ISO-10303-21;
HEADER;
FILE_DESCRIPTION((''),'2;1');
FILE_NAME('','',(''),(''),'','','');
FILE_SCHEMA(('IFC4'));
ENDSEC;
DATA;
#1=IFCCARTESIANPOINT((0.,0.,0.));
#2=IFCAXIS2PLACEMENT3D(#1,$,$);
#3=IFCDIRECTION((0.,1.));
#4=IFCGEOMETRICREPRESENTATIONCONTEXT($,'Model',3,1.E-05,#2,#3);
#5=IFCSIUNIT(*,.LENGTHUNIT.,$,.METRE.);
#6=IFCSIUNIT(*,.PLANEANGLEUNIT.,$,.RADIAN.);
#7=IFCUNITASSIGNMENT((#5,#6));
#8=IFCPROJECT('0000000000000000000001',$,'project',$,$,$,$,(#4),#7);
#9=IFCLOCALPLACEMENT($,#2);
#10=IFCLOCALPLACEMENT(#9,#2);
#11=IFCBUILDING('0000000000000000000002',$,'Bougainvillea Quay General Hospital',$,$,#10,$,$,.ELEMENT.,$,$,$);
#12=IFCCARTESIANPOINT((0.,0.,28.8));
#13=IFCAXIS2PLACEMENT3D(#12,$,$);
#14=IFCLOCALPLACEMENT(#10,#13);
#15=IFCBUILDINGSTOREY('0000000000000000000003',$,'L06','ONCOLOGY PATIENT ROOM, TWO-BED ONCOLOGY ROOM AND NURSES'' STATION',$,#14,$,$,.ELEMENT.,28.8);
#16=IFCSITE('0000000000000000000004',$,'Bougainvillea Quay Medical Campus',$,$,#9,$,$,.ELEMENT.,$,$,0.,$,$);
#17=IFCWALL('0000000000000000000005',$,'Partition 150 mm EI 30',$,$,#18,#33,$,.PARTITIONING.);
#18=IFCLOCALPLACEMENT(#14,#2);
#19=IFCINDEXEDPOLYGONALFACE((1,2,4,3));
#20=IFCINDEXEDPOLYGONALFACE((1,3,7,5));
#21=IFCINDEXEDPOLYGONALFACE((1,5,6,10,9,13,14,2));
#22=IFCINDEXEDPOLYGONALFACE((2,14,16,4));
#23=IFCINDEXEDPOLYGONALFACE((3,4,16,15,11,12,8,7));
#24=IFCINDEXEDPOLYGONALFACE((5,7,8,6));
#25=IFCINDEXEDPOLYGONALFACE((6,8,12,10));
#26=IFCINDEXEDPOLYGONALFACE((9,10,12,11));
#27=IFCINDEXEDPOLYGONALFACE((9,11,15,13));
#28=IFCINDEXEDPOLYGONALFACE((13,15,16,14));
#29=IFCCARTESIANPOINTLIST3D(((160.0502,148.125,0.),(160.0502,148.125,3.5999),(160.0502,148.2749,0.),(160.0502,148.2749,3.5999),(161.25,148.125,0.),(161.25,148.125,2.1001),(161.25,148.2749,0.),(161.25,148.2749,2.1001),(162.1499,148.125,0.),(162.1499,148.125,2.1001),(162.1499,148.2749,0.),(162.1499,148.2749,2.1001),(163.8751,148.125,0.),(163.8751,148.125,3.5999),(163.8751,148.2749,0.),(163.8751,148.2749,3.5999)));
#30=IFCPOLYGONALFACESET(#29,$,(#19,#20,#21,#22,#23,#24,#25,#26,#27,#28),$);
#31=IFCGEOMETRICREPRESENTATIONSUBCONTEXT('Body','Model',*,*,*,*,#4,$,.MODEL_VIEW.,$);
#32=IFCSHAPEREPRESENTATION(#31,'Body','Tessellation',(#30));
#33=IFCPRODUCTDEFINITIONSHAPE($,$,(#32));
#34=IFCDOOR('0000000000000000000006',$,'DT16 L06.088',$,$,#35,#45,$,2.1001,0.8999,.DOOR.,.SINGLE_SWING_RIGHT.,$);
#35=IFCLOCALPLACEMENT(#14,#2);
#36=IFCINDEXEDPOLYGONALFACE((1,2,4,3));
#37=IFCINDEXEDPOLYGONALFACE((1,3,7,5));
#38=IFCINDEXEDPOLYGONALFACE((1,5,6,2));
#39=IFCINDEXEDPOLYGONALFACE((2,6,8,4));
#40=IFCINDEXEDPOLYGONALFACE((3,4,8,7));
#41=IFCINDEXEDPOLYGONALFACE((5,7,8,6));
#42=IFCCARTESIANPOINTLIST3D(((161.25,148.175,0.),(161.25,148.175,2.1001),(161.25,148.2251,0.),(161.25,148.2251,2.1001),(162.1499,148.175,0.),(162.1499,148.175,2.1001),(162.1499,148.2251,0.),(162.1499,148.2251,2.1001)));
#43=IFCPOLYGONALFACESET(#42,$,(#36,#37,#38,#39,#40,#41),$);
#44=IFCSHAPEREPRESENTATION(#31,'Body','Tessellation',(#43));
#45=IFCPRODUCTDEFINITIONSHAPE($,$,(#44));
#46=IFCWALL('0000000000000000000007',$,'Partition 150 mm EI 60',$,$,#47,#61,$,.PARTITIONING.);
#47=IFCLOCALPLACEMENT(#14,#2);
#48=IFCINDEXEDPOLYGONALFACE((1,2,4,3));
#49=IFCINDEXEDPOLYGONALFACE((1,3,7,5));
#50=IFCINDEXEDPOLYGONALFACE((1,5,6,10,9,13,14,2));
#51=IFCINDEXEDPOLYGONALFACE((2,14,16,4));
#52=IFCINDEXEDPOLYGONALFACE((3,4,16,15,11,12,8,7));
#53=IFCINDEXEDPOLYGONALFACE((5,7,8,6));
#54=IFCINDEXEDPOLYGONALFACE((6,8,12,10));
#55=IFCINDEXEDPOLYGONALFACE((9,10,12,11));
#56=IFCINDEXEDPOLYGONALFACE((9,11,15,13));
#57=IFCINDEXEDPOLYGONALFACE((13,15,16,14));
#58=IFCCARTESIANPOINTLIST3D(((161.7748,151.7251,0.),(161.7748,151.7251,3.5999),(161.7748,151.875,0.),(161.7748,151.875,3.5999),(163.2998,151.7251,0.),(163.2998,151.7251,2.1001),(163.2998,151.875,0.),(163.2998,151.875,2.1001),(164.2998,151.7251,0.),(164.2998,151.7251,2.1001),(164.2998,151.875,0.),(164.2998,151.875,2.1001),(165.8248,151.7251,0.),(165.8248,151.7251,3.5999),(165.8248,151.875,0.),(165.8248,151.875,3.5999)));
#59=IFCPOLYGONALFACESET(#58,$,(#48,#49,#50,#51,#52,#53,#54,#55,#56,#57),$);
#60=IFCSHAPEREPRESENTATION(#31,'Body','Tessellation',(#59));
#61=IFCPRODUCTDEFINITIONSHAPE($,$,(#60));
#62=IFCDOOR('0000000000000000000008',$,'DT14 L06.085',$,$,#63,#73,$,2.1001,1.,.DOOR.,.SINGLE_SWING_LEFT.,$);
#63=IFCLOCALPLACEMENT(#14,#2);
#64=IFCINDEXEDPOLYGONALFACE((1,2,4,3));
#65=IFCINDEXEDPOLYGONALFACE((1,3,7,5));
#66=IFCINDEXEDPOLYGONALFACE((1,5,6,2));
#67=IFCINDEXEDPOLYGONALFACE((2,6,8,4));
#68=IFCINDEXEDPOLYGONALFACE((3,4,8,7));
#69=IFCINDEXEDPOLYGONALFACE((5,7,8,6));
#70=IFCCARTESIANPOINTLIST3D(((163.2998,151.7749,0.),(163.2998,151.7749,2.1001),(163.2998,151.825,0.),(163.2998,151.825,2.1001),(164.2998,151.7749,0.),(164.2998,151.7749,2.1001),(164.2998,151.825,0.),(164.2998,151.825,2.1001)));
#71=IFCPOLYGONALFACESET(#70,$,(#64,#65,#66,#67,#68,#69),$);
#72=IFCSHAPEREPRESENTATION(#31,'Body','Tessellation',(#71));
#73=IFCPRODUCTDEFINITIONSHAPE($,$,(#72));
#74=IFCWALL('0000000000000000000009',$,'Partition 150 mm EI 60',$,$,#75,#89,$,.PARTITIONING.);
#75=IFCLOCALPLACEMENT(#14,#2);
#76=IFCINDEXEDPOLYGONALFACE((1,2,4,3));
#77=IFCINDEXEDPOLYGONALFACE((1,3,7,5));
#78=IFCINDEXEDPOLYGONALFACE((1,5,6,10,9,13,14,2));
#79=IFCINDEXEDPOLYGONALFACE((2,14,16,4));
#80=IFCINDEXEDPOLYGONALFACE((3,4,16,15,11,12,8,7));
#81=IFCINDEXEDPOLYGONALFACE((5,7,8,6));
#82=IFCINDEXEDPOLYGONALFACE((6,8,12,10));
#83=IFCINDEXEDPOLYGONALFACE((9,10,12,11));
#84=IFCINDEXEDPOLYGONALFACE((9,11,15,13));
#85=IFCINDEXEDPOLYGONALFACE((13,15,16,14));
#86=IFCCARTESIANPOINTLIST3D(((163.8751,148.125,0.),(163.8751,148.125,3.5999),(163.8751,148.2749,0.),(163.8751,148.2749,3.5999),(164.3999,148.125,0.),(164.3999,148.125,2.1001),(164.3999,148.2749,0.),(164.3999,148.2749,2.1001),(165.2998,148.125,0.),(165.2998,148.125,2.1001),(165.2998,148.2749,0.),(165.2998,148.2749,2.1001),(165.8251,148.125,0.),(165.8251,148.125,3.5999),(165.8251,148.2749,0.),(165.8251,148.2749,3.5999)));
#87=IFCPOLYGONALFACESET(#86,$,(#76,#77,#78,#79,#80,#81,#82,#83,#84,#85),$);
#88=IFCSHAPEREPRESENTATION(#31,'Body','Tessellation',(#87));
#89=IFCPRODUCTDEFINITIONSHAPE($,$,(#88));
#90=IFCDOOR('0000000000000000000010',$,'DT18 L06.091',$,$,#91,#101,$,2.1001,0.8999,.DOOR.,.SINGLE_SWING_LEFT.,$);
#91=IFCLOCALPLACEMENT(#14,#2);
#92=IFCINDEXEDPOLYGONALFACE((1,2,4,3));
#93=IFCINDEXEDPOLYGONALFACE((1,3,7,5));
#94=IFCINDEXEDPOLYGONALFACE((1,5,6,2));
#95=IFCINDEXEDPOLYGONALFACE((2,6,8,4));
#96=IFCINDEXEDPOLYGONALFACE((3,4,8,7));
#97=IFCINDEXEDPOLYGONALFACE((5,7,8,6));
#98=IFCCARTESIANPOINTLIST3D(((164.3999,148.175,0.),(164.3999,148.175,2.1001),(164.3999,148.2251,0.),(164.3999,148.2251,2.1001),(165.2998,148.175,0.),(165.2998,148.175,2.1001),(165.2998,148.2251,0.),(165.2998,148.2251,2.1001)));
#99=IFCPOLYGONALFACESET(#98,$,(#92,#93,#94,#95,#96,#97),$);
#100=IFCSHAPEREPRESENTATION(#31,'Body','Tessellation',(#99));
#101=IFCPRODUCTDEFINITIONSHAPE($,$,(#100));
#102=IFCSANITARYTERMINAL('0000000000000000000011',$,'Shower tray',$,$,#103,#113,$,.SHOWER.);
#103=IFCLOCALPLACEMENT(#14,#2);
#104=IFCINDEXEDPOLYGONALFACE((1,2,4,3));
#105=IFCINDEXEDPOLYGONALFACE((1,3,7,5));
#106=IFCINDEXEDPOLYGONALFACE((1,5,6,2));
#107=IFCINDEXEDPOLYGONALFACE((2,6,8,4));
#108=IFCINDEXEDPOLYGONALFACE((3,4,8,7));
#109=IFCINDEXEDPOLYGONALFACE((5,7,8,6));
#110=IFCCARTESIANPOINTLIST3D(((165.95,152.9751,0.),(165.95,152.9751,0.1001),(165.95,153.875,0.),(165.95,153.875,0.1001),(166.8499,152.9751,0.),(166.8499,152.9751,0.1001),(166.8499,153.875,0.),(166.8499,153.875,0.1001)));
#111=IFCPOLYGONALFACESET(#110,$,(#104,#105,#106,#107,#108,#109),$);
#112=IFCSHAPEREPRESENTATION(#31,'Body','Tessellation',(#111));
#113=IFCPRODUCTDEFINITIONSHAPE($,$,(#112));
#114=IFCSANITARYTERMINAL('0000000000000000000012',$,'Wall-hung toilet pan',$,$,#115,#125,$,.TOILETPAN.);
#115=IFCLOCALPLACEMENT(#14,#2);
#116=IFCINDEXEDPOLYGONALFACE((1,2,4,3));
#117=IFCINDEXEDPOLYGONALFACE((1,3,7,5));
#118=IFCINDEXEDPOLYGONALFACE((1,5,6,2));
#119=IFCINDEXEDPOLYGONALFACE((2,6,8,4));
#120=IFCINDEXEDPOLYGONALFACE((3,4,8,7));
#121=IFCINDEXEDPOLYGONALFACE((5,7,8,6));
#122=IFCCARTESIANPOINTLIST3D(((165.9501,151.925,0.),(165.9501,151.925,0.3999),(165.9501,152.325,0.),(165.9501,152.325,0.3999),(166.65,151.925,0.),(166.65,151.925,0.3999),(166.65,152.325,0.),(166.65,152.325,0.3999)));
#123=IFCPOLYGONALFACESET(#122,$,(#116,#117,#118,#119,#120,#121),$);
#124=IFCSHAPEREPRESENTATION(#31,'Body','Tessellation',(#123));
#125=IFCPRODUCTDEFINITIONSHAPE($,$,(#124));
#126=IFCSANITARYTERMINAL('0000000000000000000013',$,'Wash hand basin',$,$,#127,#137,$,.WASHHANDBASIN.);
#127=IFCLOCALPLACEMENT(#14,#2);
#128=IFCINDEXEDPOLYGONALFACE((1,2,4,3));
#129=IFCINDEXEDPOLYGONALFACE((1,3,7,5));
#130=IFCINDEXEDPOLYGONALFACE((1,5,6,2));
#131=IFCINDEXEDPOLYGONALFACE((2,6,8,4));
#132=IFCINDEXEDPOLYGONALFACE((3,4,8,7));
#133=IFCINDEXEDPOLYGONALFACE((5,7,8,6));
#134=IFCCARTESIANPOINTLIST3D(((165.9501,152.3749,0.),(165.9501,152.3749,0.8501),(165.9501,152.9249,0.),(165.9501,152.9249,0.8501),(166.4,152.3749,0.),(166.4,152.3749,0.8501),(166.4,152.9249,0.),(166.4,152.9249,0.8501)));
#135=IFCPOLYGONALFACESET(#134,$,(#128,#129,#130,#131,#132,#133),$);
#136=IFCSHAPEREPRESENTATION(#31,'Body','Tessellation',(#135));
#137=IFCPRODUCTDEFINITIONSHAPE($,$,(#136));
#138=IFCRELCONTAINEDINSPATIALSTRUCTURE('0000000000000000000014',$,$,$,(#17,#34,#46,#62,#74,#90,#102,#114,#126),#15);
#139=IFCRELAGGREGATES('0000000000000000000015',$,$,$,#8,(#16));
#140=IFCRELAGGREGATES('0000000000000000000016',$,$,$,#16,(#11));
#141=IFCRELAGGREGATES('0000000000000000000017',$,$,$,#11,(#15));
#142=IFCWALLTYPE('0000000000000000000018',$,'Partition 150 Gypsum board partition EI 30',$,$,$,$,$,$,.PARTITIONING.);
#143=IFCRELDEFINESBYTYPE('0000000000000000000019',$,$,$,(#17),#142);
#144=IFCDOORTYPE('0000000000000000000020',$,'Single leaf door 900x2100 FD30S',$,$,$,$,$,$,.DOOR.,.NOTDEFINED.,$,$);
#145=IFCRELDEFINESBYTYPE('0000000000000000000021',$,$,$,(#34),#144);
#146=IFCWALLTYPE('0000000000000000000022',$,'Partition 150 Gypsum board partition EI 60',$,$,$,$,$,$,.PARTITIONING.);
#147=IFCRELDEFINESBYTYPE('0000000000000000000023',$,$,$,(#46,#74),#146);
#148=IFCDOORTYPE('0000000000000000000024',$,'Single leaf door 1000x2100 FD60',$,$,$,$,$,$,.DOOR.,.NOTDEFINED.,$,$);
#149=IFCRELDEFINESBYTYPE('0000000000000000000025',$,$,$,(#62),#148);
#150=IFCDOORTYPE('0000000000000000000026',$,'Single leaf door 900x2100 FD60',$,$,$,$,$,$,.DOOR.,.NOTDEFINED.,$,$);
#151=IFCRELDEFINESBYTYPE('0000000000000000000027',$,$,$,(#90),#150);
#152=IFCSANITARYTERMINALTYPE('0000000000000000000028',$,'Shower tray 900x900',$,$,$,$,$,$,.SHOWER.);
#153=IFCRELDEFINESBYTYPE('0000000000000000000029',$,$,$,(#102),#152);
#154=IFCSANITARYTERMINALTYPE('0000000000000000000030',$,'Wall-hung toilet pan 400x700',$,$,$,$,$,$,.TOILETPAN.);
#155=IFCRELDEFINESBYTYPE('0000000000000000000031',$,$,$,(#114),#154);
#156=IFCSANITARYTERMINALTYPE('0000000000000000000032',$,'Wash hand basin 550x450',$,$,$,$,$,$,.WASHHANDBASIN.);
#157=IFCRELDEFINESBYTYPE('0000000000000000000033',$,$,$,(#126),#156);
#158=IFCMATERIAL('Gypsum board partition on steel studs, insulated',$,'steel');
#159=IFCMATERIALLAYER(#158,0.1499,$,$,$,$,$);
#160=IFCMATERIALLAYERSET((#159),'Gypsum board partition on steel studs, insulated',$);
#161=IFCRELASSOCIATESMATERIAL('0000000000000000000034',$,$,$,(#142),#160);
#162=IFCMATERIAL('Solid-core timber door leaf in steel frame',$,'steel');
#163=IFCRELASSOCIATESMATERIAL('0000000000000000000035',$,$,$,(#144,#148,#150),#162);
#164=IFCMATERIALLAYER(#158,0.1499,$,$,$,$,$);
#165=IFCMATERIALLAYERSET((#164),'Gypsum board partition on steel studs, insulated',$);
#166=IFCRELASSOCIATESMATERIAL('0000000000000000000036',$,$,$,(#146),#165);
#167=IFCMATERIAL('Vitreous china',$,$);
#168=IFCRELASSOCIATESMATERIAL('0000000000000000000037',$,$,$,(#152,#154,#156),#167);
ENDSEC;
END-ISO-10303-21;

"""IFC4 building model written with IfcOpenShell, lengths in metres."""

from ifc_helpers import new_model, si_unit, direction, frame, frame_2d, origin, origin_2d, place, context, subcontext, project, spatial, rectangle, extrude, material, layer, layer_set, type_object, element, fill, save


model = new_model("IFC4")

# Units and contexts
model_context = context("Model", 3, precision=1e-05, world=origin(), true_north=direction((0.0, 1.0)))
body_context = subcontext(model_context, "Body", "Model", "MODEL_VIEW")
ifc_project = project(units=[si_unit("LENGTHUNIT", "METRE"), si_unit("PLANEANGLEUNIT", "RADIAN")], contexts=[model_context])

# Site, building, storey
site_placement = place(None, origin())
site = spatial("IfcSite", under=ifc_project, at=site_placement, Name="Bougainvillea Quay Medical Campus", CompositionType="ELEMENT", RefElevation=0.0)
building_placement = place(site_placement, origin())
building = spatial("IfcBuilding", under=site, at=building_placement, Name="Bougainvillea Quay General Hospital", CompositionType="ELEMENT")
storey_placement = place(building_placement, frame((0.0, 0.0, 28.8)))
storey = spatial("IfcBuildingStorey", under=building, at=storey_placement, Name="L06", Description="ONCOLOGY PATIENT ROOM, TWO-BED ONCOLOGY ROOM AND NURSES' STATION", CompositionType="ELEMENT", Elevation=28.8)

# Shared definitions
ifc_material_1 = material(Name="Gypsum board partition on steel studs, insulated", Category="steel")

# Shared definitions
ifc_material_2 = material(Name="Solid-core timber door leaf in steel frame", Category="steel")

# Shared definitions
ifc_layer_1 = layer(ifc_material_1, 0.1499)
ifc_layer_set_1 = layer_set([ifc_layer_1], Name="Gypsum board partition on steel studs, insulated")
wall_type_1 = type_object("IfcWallType", Name="Partition 150 Gypsum board partition EI 30", PredefinedType="PARTITIONING", material=ifc_layer_set_1)
door_type_1 = type_object("IfcDoorType", Name="Single leaf door 900x2100 FD30S", OperationType="NOTDEFINED", PredefinedType="DOOR", material=ifc_material_2)

# Walls, openings, doors
wall_1_placement = place(storey_placement, frame((160.05, 148.2, 0.0), z_axis=(0.0, 0.0, 1.0), x_axis=(1.0, 0.0, 0.0)))
wall_1 = element("IfcWall", 1, at=wall_1_placement, inside=storey, type_object=wall_type_1, Name="Partition 150 mm EI 30", PredefinedType="PARTITIONING", context=body_context, shape_type="SweptSolid", body=[
    extrude(rectangle(XDim=3.825, YDim=0.1499, at=frame_2d((1.9126, 0.0))), origin(), (0.0, 0.0, 1.0), 3.5999),
])
opening_1_placement = place(wall_1_placement, frame((1.2, 0.0, 0.0)))
opening_1 = element("IfcOpeningElement", 2, at=opening_1_placement, cuts=wall_1, PredefinedType="OPENING", context=body_context, shape_type="SweptSolid", body=[
    extrude(rectangle(XDim=0.8999, YDim=2.1001, at=frame_2d((0.45, 1.05))), frame((0.0, 0.085, 0.0), z_axis=(0.0, -1.0, 0.0), x_axis=(1.0, 0.0, 0.0)), (0.0, 0.0, 1.0), 0.1699),
])
door_1_placement = place(opening_1_placement, frame((0.8999, 0.0, 0.0), z_axis=(0.0, 0.0, 1.0), x_axis=(-1.0, 0.0, 0.0)))
door_1 = element("IfcDoor", 3, at=door_1_placement, inside=storey, type_object=door_type_1, Name="DT16 L06.088", OperationType="SINGLE_SWING_RIGHT", OverallHeight=2.1001, OverallWidth=0.8999, PredefinedType="DOOR", context=body_context, shape_type="SweptSolid", body=[
    extrude(rectangle(XDim=0.8999, YDim=2.1001, at=frame_2d((0.45, 1.05))), frame((0.0, 0.0249, 0.0), z_axis=(0.0, -1.0, 0.0), x_axis=(1.0, 0.0, 0.0)), (0.0, 0.0, 1.0), 0.05),
])
fill(opening_1, door_1)
ifc_layer_2 = layer(ifc_material_1, 0.1499)
ifc_layer_set_2 = layer_set([ifc_layer_2], Name="Gypsum board partition on steel studs, insulated")
wall_type_2 = type_object("IfcWallType", Name="Partition 150 Gypsum board partition EI 60", PredefinedType="PARTITIONING", material=ifc_layer_set_2)
wall_2_placement = place(storey_placement, frame((161.7749, 151.8, 0.0), z_axis=(0.0, 0.0, 1.0), x_axis=(1.0, 0.0, 0.0)))
wall_2 = element("IfcWall", 4, at=wall_2_placement, inside=storey, type_object=wall_type_2, Name="Partition 150 mm EI 60", PredefinedType="PARTITIONING", context=body_context, shape_type="SweptSolid", body=[
    extrude(rectangle(XDim=4.05, YDim=0.1499, at=frame_2d((2.0249, 0.0))), origin(), (0.0, 0.0, 1.0), 3.5999),
])
opening_2_placement = place(wall_2_placement, frame((1.5249, 0.0, 0.0)))
opening_2 = element("IfcOpeningElement", 5, at=opening_2_placement, cuts=wall_2, PredefinedType="OPENING", context=body_context, shape_type="SweptSolid", body=[
    extrude(rectangle(XDim=1.0, YDim=2.1001, at=frame_2d((0.5, 1.05))), frame((0.0, 0.085, 0.0), z_axis=(0.0, -1.0, 0.0), x_axis=(1.0, 0.0, 0.0)), (0.0, 0.0, 1.0), 0.1699),
])
door_type_2 = type_object("IfcDoorType", Name="Single leaf door 1000x2100 FD60", OperationType="NOTDEFINED", PredefinedType="DOOR", material=ifc_material_2)
door_2_placement = place(opening_2_placement, origin())
door_2 = element("IfcDoor", 6, at=door_2_placement, inside=storey, type_object=door_type_2, Name="DT14 L06.085", OperationType="SINGLE_SWING_LEFT", OverallHeight=2.1001, OverallWidth=1.0, PredefinedType="DOOR", context=body_context, shape_type="SweptSolid", body=[
    extrude(rectangle(XDim=1.0, YDim=2.1001, at=frame_2d((0.5, 1.05))), frame((0.0, 0.0249, 0.0), z_axis=(0.0, -1.0, 0.0), x_axis=(1.0, 0.0, 0.0)), (0.0, 0.0, 1.0), 0.05),
])
fill(opening_2, door_2)
wall_3_placement = place(storey_placement, frame((163.875, 148.2, 0.0), z_axis=(0.0, 0.0, 1.0), x_axis=(1.0, 0.0, 0.0)))
wall_3 = element("IfcWall", 7, at=wall_3_placement, inside=storey, type_object=wall_type_2, Name="Partition 150 mm EI 60", PredefinedType="PARTITIONING", context=body_context, shape_type="SweptSolid", body=[
    extrude(rectangle(XDim=1.95, YDim=0.1499, at=frame_2d((0.9751, 0.0))), origin(), (0.0, 0.0, 1.0), 3.5999),
])
opening_3_placement = place(wall_3_placement, frame((0.5249, 0.0, 0.0)))
opening_3 = element("IfcOpeningElement", 8, at=opening_3_placement, cuts=wall_3, PredefinedType="OPENING", context=body_context, shape_type="SweptSolid", body=[
    extrude(rectangle(XDim=0.8999, YDim=2.1001, at=frame_2d((0.45, 1.05))), frame((0.0, 0.085, 0.0), z_axis=(0.0, -1.0, 0.0), x_axis=(1.0, 0.0, 0.0)), (0.0, 0.0, 1.0), 0.1699),
])
door_type_3 = type_object("IfcDoorType", Name="Single leaf door 900x2100 FD60", OperationType="NOTDEFINED", PredefinedType="DOOR", material=ifc_material_2)
door_3_placement = place(opening_3_placement, frame((0.8999, 0.0, 0.0), z_axis=(0.0, 0.0, 1.0), x_axis=(-1.0, 0.0, 0.0)))
door_3 = element("IfcDoor", 9, at=door_3_placement, inside=storey, type_object=door_type_3, Name="DT18 L06.091", OperationType="SINGLE_SWING_LEFT", OverallHeight=2.1001, OverallWidth=0.8999, PredefinedType="DOOR", context=body_context, shape_type="SweptSolid", body=[
    extrude(rectangle(XDim=0.8999, YDim=2.1001, at=frame_2d((0.45, 1.05))), frame((0.0, 0.0249, 0.0), z_axis=(0.0, -1.0, 0.0), x_axis=(1.0, 0.0, 0.0)), (0.0, 0.0, 1.0), 0.05),
])
fill(opening_3, door_3)

# Sanitary terminals
ifc_material_3 = material(Name="Vitreous china")
sanitary_terminal_type_1 = type_object("IfcSanitaryTerminalType", Name="Shower tray 900x900", PredefinedType="SHOWER", material=ifc_material_3)
sanitary_terminal_1_placement = place(storey_placement, frame((166.3999, 153.425, 0.0), z_axis=(0.0, 0.0, 1.0), x_axis=(0.0, 1.0, 0.0)))
element("IfcSanitaryTerminal", 10, at=sanitary_terminal_1_placement, inside=storey, type_object=sanitary_terminal_type_1, Name="Shower tray", PredefinedType="SHOWER", context=body_context, shape_type="SweptSolid", body=[
    extrude(rectangle(XDim=0.8999, YDim=0.8999, at=origin_2d()), origin(), (0.0, 0.0, 1.0), 0.1001),
])
sanitary_terminal_type_2 = type_object("IfcSanitaryTerminalType", Name="Wall-hung toilet pan 400x700", PredefinedType="TOILETPAN", material=ifc_material_3)
sanitary_terminal_2_placement = place(storey_placement, frame((166.3, 152.125, 0.0), z_axis=(0.0, 0.0, 1.0), x_axis=(0.0, 1.0, 0.0)))
element("IfcSanitaryTerminal", 11, at=sanitary_terminal_2_placement, inside=storey, type_object=sanitary_terminal_type_2, Name="Wall-hung toilet pan", PredefinedType="TOILETPAN", context=body_context, shape_type="SweptSolid", body=[
    extrude(rectangle(XDim=0.3999, YDim=0.7, at=origin_2d()), origin(), (0.0, 0.0, 1.0), 0.3999),
])
sanitary_terminal_type_3 = type_object("IfcSanitaryTerminalType", Name="Wash hand basin 550x450", PredefinedType="WASHHANDBASIN", material=ifc_material_3)
sanitary_terminal_3_placement = place(storey_placement, frame((166.175, 152.6499, 0.0), z_axis=(0.0, 0.0, 1.0), x_axis=(0.0, 1.0, 0.0)))
element("IfcSanitaryTerminal", 12, at=sanitary_terminal_3_placement, inside=storey, type_object=sanitary_terminal_type_3, Name="Wash hand basin", PredefinedType="WASHHANDBASIN", context=body_context, shape_type="SweptSolid", body=[
    extrude(rectangle(XDim=0.55, YDim=0.45, at=origin_2d()), origin(), (0.0, 0.0, 1.0), 0.8501),
])

save(model, "model.ifc")
